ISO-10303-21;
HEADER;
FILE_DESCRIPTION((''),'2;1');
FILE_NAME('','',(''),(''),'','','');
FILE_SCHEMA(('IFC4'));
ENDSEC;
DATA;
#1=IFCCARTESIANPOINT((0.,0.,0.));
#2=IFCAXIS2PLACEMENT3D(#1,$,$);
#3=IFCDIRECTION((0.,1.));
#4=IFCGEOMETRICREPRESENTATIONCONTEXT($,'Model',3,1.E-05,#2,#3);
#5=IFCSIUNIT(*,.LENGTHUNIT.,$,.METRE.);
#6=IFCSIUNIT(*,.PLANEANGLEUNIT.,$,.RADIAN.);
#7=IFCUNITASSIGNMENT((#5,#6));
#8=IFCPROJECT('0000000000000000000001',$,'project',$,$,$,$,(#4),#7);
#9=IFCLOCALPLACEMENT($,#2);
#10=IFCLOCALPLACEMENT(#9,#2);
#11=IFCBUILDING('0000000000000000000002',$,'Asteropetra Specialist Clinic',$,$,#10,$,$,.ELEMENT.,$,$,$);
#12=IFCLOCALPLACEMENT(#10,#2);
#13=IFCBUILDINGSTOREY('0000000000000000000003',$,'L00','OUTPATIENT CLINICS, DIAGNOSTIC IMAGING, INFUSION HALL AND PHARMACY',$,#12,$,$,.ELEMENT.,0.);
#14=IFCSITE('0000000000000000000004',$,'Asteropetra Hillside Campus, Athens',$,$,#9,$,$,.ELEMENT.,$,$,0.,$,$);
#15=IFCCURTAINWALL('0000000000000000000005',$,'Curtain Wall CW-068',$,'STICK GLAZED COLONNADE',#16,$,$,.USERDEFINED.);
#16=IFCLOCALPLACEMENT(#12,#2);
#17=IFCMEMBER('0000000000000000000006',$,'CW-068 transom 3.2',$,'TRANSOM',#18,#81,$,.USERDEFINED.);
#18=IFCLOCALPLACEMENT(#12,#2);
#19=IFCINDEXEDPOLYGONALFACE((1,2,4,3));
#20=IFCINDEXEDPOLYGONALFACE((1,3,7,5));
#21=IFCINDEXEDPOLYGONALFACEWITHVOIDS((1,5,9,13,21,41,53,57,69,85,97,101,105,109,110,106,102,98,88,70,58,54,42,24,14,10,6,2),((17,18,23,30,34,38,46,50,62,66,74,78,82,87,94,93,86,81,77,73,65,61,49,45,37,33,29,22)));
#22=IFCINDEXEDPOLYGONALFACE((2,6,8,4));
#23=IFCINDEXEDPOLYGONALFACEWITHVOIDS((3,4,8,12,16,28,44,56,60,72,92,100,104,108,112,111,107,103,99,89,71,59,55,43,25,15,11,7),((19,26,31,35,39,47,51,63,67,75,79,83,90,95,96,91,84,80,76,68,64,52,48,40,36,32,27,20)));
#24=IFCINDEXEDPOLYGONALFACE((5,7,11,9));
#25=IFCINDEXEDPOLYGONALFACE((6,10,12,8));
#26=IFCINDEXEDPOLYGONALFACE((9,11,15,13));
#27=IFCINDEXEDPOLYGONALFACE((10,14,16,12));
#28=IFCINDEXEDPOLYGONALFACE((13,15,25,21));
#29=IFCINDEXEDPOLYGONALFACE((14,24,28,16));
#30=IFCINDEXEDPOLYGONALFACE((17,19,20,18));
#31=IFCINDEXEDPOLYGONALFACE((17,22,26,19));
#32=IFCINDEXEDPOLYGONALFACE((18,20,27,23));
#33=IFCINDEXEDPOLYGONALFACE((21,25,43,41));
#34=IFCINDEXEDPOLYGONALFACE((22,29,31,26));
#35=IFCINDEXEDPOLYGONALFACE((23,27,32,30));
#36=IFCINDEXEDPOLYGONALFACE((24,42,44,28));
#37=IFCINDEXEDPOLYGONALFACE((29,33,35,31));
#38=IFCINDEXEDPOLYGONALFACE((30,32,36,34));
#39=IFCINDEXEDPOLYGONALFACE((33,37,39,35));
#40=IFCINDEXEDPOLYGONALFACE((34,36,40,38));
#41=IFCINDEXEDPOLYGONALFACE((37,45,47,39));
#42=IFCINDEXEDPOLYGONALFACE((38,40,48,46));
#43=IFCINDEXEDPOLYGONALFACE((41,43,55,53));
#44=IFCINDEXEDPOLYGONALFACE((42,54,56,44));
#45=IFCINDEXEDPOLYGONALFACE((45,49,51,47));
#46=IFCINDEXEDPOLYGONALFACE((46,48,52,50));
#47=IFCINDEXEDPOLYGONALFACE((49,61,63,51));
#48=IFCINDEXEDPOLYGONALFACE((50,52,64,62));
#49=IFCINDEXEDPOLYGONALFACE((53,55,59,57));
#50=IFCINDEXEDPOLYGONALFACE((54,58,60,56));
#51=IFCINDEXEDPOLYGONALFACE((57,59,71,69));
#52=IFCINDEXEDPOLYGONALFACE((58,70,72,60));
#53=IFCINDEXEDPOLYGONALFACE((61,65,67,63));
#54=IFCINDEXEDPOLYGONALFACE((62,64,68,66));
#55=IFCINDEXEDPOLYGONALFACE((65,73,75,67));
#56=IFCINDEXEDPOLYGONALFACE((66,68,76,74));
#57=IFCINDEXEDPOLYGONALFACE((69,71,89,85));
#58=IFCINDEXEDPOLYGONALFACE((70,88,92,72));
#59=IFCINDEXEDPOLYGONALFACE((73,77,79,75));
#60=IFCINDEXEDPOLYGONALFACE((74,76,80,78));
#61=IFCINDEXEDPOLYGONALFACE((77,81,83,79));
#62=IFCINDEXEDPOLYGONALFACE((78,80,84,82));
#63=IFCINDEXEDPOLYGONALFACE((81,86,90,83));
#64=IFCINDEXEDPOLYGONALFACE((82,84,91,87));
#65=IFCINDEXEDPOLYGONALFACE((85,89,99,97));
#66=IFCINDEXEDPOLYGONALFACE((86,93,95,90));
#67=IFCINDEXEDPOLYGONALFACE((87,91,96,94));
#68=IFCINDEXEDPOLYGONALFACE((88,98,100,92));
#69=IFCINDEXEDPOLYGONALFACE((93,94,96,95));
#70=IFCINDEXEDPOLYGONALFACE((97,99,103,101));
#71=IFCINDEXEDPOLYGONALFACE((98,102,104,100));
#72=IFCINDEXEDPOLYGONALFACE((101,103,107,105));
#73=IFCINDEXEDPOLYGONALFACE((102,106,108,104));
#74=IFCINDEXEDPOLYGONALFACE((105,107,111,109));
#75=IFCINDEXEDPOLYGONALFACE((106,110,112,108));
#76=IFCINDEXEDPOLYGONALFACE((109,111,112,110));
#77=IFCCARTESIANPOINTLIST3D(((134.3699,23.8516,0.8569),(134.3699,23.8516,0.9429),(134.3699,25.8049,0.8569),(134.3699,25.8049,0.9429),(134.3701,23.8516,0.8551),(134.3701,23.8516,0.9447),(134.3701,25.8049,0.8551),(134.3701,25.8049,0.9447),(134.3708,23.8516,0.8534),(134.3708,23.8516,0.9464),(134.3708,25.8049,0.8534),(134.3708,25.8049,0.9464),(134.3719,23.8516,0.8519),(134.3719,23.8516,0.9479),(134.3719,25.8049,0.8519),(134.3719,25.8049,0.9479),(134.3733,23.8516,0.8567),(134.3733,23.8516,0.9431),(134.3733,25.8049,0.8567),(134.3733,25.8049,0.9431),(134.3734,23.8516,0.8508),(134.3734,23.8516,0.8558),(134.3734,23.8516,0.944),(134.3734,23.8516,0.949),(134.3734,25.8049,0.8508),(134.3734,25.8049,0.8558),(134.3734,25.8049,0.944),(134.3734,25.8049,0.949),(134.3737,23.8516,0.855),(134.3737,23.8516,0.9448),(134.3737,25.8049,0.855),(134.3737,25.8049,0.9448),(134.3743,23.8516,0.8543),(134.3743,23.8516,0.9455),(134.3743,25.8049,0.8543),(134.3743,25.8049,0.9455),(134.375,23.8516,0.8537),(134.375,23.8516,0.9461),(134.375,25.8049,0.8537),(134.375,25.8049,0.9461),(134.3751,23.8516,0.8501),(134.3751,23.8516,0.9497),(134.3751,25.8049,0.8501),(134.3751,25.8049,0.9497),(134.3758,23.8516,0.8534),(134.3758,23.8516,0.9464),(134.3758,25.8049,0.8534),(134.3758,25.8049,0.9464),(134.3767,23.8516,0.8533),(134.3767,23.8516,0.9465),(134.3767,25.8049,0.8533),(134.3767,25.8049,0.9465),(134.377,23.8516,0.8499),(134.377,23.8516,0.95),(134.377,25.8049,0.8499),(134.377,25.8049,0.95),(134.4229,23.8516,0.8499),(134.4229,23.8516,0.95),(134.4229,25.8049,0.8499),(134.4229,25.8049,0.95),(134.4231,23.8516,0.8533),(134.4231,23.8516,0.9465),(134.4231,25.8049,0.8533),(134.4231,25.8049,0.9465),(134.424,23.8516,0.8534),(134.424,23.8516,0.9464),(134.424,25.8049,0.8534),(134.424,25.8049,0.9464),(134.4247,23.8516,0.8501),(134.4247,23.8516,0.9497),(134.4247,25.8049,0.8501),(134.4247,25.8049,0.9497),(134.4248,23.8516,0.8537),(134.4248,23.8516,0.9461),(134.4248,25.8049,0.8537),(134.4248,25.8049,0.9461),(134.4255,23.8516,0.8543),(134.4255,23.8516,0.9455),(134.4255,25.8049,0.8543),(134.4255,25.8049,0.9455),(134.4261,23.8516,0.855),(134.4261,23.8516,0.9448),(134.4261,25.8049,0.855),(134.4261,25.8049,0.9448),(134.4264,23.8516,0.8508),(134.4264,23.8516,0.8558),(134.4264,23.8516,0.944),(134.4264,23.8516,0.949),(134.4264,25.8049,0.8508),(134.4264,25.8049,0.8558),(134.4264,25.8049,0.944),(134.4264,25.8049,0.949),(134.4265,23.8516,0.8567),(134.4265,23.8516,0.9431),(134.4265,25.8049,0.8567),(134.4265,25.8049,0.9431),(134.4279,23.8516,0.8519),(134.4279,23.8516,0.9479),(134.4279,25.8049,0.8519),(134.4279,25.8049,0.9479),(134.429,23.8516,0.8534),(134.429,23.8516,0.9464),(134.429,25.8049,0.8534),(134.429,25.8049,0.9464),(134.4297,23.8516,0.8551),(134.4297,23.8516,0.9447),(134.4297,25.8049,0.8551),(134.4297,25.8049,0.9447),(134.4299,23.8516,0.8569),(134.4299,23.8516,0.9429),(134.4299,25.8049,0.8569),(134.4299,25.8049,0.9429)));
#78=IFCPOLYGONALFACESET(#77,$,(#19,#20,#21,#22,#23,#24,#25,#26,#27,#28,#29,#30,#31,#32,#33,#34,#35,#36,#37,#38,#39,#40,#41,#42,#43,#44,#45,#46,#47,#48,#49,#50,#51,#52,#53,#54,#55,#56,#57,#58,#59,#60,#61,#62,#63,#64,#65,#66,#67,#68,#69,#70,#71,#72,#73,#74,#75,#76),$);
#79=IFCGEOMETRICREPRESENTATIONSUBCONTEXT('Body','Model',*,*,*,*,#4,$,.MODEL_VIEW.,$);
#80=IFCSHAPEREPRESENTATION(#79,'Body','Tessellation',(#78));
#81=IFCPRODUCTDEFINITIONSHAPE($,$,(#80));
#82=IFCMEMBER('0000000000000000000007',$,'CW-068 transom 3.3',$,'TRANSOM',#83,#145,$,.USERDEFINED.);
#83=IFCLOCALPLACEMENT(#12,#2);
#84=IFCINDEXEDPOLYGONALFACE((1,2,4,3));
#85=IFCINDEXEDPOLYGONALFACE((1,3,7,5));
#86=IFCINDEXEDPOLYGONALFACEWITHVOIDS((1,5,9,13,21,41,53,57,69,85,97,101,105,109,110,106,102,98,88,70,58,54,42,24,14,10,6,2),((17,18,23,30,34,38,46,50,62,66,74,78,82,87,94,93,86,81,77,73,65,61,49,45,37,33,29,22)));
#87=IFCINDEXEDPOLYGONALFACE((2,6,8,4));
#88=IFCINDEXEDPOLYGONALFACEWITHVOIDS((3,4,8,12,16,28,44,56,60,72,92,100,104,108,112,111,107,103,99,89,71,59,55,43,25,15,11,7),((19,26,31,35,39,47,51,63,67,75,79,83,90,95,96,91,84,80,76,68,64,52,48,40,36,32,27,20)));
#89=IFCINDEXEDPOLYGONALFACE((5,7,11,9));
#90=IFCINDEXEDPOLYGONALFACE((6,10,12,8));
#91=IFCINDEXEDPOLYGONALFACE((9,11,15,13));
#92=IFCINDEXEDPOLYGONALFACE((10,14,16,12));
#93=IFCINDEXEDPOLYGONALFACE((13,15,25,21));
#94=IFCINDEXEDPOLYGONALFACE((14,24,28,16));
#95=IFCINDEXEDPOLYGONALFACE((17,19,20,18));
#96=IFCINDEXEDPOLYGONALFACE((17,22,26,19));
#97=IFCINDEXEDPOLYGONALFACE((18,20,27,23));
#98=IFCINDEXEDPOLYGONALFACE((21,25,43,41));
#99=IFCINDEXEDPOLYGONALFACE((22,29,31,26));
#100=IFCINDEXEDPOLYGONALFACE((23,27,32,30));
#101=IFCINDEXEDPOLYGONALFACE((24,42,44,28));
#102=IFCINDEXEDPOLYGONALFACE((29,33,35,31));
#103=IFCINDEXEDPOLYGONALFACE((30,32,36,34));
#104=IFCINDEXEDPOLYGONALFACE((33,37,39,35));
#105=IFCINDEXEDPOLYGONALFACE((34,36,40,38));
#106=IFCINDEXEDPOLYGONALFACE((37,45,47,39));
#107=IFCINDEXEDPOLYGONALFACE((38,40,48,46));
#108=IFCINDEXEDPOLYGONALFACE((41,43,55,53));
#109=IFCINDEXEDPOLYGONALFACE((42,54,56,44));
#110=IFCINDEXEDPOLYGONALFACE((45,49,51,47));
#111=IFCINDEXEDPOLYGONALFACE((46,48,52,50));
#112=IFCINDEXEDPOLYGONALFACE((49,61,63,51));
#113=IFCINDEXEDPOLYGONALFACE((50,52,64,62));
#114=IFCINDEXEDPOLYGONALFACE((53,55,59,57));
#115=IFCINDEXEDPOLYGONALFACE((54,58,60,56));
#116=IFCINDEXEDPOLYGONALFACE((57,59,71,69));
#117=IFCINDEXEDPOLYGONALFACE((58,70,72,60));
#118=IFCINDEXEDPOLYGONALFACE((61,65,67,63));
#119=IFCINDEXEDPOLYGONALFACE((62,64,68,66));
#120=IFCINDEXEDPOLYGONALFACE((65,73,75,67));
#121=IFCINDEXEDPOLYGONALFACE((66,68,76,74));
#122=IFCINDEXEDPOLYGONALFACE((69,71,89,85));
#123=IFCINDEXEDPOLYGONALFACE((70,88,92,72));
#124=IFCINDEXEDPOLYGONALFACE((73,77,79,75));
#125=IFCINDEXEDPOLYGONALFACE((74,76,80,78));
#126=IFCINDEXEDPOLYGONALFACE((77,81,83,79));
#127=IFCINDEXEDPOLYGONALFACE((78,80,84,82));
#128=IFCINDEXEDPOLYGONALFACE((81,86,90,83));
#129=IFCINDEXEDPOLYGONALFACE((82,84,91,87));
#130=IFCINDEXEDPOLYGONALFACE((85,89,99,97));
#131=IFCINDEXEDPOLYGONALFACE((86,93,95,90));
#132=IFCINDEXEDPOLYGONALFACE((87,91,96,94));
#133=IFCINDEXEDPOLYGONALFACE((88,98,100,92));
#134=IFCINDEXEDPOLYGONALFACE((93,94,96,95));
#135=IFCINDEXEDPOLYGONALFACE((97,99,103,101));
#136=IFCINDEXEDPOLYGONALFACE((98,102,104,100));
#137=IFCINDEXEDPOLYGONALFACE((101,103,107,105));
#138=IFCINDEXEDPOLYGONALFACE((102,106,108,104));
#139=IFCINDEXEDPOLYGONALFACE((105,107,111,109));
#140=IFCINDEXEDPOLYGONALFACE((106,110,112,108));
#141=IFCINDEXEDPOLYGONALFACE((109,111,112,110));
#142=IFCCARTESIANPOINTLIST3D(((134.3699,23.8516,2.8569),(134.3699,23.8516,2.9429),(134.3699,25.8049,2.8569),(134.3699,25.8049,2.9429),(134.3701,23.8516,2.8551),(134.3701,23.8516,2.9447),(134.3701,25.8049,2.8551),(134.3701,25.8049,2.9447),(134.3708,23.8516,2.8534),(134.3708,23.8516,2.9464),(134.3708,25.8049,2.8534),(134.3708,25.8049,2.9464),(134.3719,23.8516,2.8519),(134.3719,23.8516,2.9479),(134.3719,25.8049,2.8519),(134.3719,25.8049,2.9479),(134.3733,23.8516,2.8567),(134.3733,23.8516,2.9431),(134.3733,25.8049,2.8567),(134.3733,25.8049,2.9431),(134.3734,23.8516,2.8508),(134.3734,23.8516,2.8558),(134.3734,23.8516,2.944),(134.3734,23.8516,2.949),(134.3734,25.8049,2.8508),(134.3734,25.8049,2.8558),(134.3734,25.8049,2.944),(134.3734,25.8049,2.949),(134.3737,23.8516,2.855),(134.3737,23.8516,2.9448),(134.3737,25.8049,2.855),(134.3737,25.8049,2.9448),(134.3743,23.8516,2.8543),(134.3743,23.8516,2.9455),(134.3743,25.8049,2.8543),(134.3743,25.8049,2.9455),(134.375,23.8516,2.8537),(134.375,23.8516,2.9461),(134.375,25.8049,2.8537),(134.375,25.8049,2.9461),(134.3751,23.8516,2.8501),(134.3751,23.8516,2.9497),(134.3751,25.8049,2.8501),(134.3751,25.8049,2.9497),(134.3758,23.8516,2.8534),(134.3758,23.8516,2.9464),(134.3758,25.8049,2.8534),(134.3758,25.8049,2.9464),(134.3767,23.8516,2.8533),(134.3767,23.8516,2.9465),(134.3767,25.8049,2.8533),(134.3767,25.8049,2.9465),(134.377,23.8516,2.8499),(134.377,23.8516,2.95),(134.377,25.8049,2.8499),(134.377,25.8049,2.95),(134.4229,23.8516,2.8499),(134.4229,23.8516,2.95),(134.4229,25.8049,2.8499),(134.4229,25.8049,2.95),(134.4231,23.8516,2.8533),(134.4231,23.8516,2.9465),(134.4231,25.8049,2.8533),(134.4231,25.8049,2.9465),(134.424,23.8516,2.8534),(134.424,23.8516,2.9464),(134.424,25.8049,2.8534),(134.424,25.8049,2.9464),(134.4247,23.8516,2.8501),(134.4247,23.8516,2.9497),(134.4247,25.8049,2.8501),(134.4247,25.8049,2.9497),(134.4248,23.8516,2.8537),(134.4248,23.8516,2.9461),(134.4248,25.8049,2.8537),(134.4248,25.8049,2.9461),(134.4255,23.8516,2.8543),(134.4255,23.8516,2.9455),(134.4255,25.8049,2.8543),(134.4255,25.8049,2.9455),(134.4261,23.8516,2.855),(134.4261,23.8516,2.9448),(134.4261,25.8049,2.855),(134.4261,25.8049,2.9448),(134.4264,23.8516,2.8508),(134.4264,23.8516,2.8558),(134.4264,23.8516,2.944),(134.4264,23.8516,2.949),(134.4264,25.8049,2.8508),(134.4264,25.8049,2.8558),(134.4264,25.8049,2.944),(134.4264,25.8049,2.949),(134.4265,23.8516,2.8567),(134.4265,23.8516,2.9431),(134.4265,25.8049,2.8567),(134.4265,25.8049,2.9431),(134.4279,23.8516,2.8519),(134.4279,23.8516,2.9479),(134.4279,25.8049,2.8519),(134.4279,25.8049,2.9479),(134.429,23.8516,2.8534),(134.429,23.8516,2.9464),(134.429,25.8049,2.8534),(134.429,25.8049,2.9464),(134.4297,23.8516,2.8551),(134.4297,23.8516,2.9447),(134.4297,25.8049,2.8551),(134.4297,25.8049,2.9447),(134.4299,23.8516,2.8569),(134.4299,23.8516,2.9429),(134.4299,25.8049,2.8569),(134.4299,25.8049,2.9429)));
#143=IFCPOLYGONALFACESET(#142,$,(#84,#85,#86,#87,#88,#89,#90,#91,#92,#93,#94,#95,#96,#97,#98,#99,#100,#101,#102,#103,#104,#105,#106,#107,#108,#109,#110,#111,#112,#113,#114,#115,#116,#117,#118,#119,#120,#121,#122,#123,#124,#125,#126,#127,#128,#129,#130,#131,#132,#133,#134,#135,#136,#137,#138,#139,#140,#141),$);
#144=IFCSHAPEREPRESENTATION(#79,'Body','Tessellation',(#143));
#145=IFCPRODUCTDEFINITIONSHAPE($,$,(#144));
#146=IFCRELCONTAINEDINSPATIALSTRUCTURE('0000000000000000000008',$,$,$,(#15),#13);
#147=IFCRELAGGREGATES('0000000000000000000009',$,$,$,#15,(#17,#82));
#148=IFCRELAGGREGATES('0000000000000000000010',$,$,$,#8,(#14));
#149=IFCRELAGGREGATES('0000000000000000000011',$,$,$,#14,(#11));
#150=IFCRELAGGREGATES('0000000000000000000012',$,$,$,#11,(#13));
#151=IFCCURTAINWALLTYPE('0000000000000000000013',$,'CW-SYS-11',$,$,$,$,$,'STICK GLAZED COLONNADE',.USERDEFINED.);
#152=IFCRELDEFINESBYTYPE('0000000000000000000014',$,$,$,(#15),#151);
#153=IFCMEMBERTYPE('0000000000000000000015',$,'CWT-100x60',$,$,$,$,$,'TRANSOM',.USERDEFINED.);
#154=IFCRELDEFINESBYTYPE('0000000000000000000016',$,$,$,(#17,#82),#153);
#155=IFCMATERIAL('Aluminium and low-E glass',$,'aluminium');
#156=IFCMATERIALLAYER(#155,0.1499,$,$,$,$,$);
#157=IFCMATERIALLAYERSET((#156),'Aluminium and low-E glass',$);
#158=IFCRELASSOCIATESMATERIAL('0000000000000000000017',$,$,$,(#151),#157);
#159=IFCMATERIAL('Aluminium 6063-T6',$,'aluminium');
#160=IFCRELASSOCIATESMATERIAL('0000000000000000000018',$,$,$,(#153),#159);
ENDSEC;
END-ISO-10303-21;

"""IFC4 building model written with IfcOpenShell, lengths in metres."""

from ifc_helpers import new_model, si_unit, direction, frame, origin, origin_2d, place, context, subcontext, project, spatial, hollow_rectangle, extrude, material, layer, layer_set, material_profile, profile_set, type_object, element, aggregate, save


model = new_model("IFC4")

# Units and contexts
model_context = context("Model", 3, precision=1e-05, world=origin(), true_north=direction((0.0, 1.0)))
body_context = subcontext(model_context, "Body", "Model", "MODEL_VIEW")
ifc_project = project(units=[si_unit("LENGTHUNIT", "METRE"), si_unit("PLANEANGLEUNIT", "RADIAN")], contexts=[model_context])

# Site, building, storey
site_placement = place(None, origin())
site = spatial("IfcSite", under=ifc_project, at=site_placement, Name="Asteropetra Hillside Campus, Athens", CompositionType="ELEMENT", RefElevation=0.0)
building_placement = place(site_placement, origin())
building = spatial("IfcBuilding", under=site, at=building_placement, Name="Asteropetra Specialist Clinic", CompositionType="ELEMENT")
storey_placement = place(building_placement, origin())
storey = spatial("IfcBuildingStorey", under=building, at=storey_placement, Name="L00", Description="OUTPATIENT CLINICS, DIAGNOSTIC IMAGING, INFUSION HALL AND PHARMACY", CompositionType="ELEMENT", Elevation=0.0)

# Curtain wall, members
ifc_material_1 = material(Name="Aluminium and low-E glass", Category="aluminium")
ifc_layer_1 = layer(ifc_material_1, 0.1499)
ifc_layer_set_1 = layer_set([ifc_layer_1], Name="Aluminium and low-E glass")
curtain_wall_type = type_object("IfcCurtainWallType", Name="CW-SYS-11", ElementType="STICK GLAZED COLONNADE", PredefinedType="USERDEFINED", material=ifc_layer_set_1)
curtain_wall_placement = place(storey_placement, origin())
curtain_wall = element("IfcCurtainWall", 1, at=curtain_wall_placement, inside=storey, type_object=curtain_wall_type, Name="Curtain Wall CW-068", ObjectType="STICK GLAZED COLONNADE", PredefinedType="USERDEFINED")
ifc_material_2 = material(Name="Aluminium 6063-T6", Category="aluminium")
ifc_material_profile_1 = material_profile(ifc_material_2, hollow_rectangle(XDim=0.0601, YDim=0.1001, WallThickness=0.0034, InnerFilletRadius=0.0034, OuterFilletRadius=0.0071, at=origin_2d()), Name="TRN 100x60x3.5")
ifc_profile_set_1 = profile_set([ifc_material_profile_1], Name="Aluminium 6063-T6")
member_type_1 = type_object("IfcMemberType", Name="CWT-100x60", ElementType="TRANSOM", PredefinedType="USERDEFINED", material=ifc_profile_set_1)
member_1_placement = place(storey_placement, frame((134.3999, 23.8516, 0.8999), z_axis=(0.0, 1.0, 0.0), x_axis=(-1.0, 0.0, 0.0)))
member_1 = element("IfcMember", 2, at=member_1_placement, type_object=member_type_1, Name="CW-068 transom 3.2", ObjectType="TRANSOM", PredefinedType="USERDEFINED", context=body_context, shape_type="SweptSolid", body=[
    extrude(hollow_rectangle(XDim=0.0601, YDim=0.1001, WallThickness=0.0034, InnerFilletRadius=0.0034, OuterFilletRadius=0.0071, at=origin_2d()), origin(), (0.0, 0.0, 1.0), 1.9534),
])
member_2_placement = place(storey_placement, frame((134.3999, 23.8516, 2.8999), z_axis=(0.0, 1.0, 0.0), x_axis=(-1.0, 0.0, 0.0)))
member_2 = element("IfcMember", 3, at=member_2_placement, type_object=member_type_1, Name="CW-068 transom 3.3", ObjectType="TRANSOM", PredefinedType="USERDEFINED", context=body_context, shape_type="SweptSolid", body=[
    extrude(hollow_rectangle(XDim=0.0601, YDim=0.1001, WallThickness=0.0034, InnerFilletRadius=0.0034, OuterFilletRadius=0.0071, at=origin_2d()), origin(), (0.0, 0.0, 1.0), 1.9534),
])
aggregate(curtain_wall, [member_1, member_2])

save(model, "model.ifc")
